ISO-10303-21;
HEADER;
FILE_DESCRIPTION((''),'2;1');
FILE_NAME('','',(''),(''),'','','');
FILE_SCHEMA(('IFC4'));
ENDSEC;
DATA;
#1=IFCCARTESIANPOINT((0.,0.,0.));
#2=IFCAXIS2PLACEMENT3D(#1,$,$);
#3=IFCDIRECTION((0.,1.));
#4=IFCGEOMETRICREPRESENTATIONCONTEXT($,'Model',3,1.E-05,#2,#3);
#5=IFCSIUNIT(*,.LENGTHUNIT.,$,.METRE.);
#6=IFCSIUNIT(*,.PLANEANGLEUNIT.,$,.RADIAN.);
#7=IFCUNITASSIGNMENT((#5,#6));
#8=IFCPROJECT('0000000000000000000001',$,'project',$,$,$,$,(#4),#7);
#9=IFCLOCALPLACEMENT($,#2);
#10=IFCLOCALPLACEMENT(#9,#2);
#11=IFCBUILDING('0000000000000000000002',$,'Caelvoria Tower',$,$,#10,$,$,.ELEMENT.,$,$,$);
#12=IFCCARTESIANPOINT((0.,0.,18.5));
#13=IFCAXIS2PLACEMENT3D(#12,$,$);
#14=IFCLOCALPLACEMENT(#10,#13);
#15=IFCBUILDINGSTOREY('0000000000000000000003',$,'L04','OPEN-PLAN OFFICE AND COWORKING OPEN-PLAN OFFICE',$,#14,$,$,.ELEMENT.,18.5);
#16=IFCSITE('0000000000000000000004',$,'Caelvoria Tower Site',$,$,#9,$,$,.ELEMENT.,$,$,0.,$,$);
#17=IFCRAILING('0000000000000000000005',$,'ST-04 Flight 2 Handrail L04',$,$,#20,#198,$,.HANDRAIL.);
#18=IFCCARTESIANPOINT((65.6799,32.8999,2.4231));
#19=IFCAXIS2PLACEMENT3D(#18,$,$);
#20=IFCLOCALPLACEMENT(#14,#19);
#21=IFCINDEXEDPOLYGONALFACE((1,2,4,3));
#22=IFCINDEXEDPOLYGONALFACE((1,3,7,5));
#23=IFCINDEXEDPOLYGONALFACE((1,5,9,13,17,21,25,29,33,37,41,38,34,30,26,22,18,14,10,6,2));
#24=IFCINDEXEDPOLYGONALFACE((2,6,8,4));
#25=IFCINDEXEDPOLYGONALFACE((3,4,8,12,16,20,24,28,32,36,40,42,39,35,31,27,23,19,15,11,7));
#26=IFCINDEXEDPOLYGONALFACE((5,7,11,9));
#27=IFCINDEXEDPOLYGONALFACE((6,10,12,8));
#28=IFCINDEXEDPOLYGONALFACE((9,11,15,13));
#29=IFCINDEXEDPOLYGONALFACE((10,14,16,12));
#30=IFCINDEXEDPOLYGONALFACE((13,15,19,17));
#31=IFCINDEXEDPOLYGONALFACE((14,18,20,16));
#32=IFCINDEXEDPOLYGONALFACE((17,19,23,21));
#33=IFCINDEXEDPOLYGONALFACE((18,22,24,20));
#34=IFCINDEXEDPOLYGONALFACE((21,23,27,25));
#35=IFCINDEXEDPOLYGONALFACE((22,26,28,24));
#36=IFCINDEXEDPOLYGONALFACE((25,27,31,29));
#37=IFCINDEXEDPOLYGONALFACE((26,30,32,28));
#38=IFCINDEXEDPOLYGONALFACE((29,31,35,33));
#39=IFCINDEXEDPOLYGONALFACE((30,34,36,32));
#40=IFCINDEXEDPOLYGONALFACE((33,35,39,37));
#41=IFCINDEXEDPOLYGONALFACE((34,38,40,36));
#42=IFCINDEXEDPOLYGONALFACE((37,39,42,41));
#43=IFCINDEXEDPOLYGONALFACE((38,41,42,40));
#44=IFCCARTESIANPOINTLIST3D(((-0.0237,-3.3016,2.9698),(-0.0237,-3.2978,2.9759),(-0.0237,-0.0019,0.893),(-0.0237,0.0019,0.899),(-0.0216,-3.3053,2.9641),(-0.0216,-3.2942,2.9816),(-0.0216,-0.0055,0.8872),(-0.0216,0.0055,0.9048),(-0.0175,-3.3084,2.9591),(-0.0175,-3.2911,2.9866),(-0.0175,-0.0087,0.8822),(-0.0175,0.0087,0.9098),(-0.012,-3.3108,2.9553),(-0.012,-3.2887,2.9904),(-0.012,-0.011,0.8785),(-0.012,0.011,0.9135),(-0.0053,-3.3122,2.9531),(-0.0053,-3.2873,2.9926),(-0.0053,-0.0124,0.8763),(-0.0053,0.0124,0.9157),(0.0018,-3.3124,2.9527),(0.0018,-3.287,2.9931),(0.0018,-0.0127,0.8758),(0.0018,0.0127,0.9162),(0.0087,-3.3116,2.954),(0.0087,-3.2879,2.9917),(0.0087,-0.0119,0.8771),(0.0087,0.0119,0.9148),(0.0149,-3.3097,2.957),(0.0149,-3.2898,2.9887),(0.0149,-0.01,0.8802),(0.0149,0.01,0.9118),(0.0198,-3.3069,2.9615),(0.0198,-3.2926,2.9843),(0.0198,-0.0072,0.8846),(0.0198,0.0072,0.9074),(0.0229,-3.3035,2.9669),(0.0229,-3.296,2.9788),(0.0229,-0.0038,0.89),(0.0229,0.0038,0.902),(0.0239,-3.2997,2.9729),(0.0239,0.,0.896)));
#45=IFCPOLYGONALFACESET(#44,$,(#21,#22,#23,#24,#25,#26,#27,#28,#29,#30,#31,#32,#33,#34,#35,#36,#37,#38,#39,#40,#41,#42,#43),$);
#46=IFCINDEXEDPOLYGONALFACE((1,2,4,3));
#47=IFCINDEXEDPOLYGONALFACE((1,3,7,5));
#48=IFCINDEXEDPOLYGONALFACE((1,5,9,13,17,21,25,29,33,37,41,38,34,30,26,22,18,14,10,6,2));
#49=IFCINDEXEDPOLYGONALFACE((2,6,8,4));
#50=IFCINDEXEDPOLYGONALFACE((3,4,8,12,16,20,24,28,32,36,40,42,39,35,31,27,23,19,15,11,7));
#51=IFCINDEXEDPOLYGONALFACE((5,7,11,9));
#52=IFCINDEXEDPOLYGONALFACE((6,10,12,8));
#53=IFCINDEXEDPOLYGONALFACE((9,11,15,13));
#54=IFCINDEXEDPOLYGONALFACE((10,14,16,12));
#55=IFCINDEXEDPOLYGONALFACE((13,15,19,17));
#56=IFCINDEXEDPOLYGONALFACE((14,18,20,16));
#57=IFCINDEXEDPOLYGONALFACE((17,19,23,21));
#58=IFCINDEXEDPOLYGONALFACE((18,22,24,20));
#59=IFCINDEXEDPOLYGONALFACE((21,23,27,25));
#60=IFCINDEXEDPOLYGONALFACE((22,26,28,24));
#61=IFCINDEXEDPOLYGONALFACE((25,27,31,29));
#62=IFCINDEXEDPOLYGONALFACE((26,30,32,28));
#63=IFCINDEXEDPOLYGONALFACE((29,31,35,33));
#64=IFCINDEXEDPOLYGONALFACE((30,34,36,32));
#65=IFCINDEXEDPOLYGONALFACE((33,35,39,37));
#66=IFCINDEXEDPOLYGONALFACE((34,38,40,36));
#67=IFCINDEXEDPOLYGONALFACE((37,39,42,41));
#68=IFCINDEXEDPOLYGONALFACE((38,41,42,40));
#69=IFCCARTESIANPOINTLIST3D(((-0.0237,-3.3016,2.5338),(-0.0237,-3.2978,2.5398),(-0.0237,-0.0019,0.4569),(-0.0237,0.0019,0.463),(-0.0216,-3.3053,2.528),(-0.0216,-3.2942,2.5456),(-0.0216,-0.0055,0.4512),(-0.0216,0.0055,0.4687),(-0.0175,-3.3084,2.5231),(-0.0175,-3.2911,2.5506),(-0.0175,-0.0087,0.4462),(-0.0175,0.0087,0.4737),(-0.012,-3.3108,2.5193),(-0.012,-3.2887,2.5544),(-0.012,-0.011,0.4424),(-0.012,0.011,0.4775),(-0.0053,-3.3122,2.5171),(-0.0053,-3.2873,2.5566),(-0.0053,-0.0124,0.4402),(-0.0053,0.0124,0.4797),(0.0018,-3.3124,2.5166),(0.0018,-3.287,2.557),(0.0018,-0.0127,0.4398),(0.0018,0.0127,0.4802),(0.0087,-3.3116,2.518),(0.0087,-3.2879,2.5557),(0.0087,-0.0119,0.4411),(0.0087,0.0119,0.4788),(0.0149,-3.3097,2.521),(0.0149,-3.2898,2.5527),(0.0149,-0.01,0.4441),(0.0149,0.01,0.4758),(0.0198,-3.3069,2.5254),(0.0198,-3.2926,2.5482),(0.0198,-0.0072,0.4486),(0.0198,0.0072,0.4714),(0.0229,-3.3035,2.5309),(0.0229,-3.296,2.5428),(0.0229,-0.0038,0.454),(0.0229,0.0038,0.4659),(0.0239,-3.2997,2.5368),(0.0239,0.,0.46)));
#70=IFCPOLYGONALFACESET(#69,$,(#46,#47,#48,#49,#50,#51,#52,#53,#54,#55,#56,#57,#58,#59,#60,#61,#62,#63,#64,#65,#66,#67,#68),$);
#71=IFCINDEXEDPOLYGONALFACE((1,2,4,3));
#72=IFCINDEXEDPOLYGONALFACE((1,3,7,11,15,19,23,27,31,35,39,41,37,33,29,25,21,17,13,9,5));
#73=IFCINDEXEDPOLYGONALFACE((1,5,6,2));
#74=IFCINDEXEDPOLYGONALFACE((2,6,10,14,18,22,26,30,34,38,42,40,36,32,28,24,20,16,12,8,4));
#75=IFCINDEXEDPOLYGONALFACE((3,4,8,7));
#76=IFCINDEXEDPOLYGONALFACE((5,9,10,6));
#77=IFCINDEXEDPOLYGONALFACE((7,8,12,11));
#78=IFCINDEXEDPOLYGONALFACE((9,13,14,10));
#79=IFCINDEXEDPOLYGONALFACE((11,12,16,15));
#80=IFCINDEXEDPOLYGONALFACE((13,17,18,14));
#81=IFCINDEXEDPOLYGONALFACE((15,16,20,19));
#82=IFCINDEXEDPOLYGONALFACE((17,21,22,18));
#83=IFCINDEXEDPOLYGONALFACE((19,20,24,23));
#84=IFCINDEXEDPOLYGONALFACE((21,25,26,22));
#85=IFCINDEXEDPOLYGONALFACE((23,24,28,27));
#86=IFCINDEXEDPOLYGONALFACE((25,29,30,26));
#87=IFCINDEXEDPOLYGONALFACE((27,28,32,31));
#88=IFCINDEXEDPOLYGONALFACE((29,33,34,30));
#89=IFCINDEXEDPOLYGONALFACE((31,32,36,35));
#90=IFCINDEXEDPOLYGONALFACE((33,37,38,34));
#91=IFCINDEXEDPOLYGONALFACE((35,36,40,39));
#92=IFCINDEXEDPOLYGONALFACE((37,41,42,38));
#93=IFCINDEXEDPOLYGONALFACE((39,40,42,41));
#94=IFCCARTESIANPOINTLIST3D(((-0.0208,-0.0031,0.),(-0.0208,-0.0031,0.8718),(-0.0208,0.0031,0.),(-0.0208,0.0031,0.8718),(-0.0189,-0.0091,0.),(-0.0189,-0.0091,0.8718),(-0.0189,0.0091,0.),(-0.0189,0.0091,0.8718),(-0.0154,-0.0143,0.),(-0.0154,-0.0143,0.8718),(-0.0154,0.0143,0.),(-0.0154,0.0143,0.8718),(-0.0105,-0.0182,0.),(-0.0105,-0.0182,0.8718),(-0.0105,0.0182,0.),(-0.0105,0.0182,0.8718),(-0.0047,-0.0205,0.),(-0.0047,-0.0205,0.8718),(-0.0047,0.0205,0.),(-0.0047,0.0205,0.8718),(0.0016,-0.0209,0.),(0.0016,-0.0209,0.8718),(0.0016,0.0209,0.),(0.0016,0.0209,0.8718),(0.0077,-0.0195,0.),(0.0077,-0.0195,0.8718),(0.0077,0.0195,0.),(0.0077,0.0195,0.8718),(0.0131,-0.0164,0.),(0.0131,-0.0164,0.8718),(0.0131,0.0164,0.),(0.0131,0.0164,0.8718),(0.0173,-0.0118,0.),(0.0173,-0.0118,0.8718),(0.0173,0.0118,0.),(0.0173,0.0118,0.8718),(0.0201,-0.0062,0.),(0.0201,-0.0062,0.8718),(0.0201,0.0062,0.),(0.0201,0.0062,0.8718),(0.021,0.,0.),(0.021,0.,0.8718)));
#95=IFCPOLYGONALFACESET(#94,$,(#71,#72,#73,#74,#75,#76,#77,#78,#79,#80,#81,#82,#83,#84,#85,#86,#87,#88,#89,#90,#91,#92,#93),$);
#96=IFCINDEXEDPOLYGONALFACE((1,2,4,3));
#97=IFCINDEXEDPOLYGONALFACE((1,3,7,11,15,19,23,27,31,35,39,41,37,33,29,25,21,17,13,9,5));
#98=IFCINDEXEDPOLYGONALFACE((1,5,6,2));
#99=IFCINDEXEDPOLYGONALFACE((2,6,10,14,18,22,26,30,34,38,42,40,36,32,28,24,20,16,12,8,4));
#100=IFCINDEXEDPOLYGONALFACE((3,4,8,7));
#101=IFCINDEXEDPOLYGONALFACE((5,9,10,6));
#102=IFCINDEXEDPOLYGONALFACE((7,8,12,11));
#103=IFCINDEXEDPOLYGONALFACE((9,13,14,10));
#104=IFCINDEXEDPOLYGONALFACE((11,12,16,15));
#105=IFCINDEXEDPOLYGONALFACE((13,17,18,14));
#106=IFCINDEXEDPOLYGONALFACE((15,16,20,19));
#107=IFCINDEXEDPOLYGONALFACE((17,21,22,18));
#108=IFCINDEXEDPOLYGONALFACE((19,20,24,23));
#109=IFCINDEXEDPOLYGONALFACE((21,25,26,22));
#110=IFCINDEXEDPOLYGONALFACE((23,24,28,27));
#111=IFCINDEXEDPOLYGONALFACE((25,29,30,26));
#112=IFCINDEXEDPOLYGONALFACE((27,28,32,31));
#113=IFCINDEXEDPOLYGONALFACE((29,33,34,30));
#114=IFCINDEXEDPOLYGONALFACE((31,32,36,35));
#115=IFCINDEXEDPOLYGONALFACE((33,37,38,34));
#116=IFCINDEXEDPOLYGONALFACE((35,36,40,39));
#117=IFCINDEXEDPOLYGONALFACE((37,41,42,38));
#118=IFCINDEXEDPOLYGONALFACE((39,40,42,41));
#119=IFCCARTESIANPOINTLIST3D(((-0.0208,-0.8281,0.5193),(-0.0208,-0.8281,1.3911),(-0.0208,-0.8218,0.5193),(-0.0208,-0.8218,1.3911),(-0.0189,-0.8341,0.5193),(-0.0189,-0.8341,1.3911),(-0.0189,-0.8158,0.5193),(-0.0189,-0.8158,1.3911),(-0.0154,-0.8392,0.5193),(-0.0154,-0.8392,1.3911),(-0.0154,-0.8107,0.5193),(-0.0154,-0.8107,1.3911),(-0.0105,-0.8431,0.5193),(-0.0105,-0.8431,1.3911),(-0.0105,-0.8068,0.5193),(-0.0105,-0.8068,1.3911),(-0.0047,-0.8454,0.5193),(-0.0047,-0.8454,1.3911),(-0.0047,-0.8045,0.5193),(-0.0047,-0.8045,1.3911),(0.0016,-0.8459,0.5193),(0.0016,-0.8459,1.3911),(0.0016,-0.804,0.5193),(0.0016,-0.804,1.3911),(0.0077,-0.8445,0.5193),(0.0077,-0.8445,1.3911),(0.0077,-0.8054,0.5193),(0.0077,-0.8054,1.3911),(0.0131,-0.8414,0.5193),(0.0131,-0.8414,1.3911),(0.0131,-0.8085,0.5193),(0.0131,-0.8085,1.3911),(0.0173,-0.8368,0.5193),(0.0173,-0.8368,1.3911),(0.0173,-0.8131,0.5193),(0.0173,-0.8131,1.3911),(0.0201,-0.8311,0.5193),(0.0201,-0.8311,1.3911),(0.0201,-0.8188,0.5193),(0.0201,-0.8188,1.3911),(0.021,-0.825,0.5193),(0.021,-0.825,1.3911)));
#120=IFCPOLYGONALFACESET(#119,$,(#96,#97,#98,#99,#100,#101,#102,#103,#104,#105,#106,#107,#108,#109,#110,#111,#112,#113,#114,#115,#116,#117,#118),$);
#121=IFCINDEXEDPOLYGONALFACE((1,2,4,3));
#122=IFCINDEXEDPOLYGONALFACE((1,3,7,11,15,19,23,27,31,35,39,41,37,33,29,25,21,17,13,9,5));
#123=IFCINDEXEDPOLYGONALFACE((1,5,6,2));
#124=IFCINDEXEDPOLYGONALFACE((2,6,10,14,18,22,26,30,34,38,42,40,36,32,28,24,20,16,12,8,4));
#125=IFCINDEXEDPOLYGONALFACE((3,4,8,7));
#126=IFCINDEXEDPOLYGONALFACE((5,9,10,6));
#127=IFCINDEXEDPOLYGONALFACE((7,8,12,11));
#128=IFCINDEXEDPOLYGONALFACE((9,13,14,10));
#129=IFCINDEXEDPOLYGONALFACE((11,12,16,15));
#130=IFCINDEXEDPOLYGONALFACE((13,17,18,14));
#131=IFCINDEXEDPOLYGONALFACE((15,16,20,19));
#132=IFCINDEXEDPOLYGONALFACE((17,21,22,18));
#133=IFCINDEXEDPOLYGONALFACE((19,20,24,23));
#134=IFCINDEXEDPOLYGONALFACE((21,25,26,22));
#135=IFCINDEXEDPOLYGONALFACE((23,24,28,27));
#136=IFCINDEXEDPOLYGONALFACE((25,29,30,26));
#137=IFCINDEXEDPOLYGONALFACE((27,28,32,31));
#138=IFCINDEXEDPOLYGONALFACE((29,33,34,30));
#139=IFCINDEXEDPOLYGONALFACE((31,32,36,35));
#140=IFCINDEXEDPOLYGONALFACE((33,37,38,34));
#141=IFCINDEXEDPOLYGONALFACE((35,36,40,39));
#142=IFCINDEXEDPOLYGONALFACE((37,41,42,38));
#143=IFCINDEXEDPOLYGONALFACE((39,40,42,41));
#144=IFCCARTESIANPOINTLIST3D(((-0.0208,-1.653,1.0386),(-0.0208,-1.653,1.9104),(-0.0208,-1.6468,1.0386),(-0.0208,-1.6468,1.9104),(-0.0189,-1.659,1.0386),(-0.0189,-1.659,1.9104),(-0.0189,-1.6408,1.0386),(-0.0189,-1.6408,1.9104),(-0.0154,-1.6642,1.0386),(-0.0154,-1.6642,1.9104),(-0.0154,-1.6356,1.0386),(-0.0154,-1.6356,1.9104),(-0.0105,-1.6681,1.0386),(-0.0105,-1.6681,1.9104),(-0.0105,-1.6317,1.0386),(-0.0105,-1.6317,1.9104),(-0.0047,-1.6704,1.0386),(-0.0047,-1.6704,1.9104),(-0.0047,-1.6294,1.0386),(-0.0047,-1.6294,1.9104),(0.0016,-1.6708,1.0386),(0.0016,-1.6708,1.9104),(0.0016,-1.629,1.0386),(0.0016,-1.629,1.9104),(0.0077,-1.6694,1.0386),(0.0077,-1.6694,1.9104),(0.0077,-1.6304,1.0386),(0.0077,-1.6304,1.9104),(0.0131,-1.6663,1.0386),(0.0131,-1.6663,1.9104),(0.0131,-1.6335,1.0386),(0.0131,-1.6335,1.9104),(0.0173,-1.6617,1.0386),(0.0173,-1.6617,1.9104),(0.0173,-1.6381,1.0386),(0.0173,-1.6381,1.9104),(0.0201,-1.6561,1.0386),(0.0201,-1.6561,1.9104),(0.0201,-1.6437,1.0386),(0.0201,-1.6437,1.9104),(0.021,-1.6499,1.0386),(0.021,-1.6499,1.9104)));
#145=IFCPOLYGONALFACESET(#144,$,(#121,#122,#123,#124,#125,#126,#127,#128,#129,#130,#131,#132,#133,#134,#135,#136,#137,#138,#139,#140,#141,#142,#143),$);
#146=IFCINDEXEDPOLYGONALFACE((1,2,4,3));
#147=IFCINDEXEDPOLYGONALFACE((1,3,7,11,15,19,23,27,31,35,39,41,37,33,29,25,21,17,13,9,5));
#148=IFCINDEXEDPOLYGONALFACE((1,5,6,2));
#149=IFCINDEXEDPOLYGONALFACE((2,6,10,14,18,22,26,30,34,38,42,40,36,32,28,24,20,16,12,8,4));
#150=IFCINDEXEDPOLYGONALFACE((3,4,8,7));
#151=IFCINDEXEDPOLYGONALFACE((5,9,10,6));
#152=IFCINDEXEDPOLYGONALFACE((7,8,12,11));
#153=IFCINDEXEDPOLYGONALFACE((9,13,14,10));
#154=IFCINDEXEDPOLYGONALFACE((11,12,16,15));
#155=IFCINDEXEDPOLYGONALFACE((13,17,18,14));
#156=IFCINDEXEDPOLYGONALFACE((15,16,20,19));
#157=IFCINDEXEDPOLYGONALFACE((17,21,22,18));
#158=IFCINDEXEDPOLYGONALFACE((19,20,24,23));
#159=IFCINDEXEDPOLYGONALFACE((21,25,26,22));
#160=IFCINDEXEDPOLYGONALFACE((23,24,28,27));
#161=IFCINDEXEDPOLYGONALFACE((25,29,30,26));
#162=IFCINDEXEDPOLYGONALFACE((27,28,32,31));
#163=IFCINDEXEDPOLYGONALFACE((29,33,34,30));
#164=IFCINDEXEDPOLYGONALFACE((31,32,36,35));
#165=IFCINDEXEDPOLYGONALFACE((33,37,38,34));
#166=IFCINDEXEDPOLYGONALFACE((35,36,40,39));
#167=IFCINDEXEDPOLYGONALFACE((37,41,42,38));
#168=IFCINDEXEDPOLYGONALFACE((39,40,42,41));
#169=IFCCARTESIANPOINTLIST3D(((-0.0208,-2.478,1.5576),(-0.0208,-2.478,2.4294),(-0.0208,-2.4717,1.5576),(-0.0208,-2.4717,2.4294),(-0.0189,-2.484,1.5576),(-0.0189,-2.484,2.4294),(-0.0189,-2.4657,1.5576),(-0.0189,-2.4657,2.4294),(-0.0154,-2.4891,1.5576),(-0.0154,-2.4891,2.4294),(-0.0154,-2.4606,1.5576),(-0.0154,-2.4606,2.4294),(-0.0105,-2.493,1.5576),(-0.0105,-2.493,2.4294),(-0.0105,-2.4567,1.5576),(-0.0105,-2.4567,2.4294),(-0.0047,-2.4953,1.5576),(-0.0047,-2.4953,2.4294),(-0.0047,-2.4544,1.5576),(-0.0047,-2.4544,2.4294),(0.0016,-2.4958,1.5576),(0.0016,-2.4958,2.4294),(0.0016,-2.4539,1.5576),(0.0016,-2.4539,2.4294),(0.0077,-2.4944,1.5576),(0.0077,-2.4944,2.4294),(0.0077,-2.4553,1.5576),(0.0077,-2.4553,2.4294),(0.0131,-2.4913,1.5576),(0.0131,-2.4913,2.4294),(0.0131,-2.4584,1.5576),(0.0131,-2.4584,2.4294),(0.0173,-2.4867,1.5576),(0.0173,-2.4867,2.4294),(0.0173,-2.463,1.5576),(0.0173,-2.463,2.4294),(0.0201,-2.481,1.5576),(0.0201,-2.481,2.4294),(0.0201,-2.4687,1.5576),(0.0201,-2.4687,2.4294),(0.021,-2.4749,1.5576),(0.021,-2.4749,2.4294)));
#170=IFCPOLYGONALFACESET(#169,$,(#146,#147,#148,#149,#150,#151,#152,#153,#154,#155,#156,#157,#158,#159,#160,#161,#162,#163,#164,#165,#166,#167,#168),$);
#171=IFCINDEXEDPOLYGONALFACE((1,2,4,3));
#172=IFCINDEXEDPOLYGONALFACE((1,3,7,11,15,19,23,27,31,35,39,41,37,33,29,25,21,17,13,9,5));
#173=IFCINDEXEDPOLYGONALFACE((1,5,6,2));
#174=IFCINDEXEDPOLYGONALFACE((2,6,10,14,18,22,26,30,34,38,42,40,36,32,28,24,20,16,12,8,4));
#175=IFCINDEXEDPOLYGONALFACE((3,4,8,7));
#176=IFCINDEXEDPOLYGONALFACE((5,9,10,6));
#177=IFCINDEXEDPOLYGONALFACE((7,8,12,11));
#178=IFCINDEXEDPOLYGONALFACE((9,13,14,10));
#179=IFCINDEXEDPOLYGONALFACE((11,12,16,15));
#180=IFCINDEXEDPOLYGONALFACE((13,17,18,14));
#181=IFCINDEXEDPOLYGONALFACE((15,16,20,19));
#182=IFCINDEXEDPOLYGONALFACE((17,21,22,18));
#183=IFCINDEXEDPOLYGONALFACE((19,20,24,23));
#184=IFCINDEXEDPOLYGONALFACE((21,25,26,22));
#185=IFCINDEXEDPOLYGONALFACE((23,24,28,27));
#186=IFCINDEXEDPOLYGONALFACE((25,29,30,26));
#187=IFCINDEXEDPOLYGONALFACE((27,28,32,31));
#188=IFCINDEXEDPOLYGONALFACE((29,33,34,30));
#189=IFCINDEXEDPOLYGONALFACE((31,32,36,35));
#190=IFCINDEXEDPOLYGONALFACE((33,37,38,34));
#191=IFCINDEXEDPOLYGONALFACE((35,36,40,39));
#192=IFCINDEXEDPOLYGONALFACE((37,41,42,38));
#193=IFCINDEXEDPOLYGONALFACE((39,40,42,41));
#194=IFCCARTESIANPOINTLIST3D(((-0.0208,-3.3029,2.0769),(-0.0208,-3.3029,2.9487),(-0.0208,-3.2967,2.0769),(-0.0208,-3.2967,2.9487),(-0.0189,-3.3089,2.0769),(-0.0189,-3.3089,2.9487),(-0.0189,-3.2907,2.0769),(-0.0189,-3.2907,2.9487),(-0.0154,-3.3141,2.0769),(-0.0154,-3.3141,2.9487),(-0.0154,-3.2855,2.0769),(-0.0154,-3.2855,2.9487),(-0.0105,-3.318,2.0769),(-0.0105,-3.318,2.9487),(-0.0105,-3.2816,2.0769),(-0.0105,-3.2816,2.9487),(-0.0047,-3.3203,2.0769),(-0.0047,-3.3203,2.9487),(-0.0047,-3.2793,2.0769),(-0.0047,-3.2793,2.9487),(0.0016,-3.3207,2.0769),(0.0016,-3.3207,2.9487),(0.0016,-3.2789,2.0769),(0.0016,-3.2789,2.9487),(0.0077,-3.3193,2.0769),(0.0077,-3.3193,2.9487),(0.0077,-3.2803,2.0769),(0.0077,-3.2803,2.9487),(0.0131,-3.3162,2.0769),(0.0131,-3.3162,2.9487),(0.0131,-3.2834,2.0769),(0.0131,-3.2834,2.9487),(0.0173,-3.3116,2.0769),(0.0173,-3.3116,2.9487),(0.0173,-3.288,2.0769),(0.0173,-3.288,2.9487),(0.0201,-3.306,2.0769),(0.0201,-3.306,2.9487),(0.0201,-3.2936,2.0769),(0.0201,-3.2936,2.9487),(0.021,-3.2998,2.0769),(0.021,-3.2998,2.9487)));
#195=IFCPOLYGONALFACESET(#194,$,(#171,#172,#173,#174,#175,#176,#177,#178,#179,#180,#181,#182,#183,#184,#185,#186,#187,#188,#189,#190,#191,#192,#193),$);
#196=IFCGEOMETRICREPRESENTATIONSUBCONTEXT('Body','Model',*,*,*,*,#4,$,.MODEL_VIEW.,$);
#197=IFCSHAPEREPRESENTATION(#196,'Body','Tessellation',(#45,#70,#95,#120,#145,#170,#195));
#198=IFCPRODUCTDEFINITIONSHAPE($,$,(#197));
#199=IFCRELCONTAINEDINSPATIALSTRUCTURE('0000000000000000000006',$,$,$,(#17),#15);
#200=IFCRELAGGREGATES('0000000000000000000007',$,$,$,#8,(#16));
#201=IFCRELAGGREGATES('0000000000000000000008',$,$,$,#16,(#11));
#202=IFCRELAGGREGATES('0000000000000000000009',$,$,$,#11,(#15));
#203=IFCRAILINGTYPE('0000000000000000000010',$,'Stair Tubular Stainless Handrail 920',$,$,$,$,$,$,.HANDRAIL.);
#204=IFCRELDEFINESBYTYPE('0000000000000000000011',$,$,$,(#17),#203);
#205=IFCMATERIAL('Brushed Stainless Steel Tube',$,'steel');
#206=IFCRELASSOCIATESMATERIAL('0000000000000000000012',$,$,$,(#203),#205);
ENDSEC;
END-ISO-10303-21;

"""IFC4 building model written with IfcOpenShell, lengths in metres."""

from ifc_helpers import new_model, si_unit, direction, frame, origin, origin_2d, place, context, subcontext, project, spatial, circle, extrude, material, type_object, element, save


model = new_model("IFC4")

# Units and contexts
model_context = context("Model", 3, precision=1e-05, world=origin(), true_north=direction((0.0, 1.0)))
body_context = subcontext(model_context, "Body", "Model", "MODEL_VIEW")
ifc_project = project(units=[si_unit("LENGTHUNIT", "METRE"), si_unit("PLANEANGLEUNIT", "RADIAN")], contexts=[model_context])

# Site, building, storey
site_placement = place(None, origin())
site = spatial("IfcSite", under=ifc_project, at=site_placement, Name="Caelvoria Tower Site", CompositionType="ELEMENT", RefElevation=0.0)
building_placement = place(site_placement, origin())
building = spatial("IfcBuilding", under=site, at=building_placement, Name="Caelvoria Tower", CompositionType="ELEMENT")
storey_placement = place(building_placement, frame((0.0, 0.0, 18.5)))
storey = spatial("IfcBuildingStorey", under=building, at=storey_placement, Name="L04", Description="OPEN-PLAN OFFICE AND COWORKING OPEN-PLAN OFFICE", CompositionType="ELEMENT", Elevation=18.5)

# Railing
ifc_material_1 = material(Name="Brushed Stainless Steel Tube", Category="steel")
railing_type_1 = type_object("IfcRailingType", Name="Stair Tubular Stainless Handrail 920", PredefinedType="HANDRAIL", material=ifc_material_1)
railing_1_placement = place(storey_placement, frame((65.6799, 32.8999, 2.4231)))
element("IfcRailing", 1, at=railing_1_placement, inside=storey, type_object=railing_type_1, Name="ST-04 Flight 2 Handrail L04", PredefinedType="HANDRAIL", context=body_context, shape_type="SweptSolid", body=[
    extrude(circle(Radius=0.0239, at=origin_2d()), frame((0.0, 0.0, 0.896), z_axis=(0.0, -0.84632, 0.532675), x_axis=(1.0, 0.0, 0.0)), (0.0, 0.0, 1.0), 3.8989),
    extrude(circle(Radius=0.0239, at=origin_2d()), frame((0.0, 0.0, 0.46), z_axis=(0.0, -0.84632, 0.532675), x_axis=(1.0, 0.0, 0.0)), (0.0, 0.0, 1.0), 3.8989),
    extrude(circle(Radius=0.021, at=origin_2d()), origin(), (0.0, 0.0, 1.0), 0.8718),
    extrude(circle(Radius=0.021, at=origin_2d()), frame((0.0, -0.825, 0.5193)), (0.0, 0.0, 1.0), 0.8718),
    extrude(circle(Radius=0.021, at=origin_2d()), frame((0.0, -1.6499, 1.0386)), (0.0, 0.0, 1.0), 0.8718),
    extrude(circle(Radius=0.021, at=origin_2d()), frame((0.0, -2.4749, 1.5576)), (0.0, 0.0, 1.0), 0.8718),
    extrude(circle(Radius=0.021, at=origin_2d()), frame((0.0, -3.2998, 2.0769)), (0.0, 0.0, 1.0), 0.8718),
])

save(model, "model.ifc")
